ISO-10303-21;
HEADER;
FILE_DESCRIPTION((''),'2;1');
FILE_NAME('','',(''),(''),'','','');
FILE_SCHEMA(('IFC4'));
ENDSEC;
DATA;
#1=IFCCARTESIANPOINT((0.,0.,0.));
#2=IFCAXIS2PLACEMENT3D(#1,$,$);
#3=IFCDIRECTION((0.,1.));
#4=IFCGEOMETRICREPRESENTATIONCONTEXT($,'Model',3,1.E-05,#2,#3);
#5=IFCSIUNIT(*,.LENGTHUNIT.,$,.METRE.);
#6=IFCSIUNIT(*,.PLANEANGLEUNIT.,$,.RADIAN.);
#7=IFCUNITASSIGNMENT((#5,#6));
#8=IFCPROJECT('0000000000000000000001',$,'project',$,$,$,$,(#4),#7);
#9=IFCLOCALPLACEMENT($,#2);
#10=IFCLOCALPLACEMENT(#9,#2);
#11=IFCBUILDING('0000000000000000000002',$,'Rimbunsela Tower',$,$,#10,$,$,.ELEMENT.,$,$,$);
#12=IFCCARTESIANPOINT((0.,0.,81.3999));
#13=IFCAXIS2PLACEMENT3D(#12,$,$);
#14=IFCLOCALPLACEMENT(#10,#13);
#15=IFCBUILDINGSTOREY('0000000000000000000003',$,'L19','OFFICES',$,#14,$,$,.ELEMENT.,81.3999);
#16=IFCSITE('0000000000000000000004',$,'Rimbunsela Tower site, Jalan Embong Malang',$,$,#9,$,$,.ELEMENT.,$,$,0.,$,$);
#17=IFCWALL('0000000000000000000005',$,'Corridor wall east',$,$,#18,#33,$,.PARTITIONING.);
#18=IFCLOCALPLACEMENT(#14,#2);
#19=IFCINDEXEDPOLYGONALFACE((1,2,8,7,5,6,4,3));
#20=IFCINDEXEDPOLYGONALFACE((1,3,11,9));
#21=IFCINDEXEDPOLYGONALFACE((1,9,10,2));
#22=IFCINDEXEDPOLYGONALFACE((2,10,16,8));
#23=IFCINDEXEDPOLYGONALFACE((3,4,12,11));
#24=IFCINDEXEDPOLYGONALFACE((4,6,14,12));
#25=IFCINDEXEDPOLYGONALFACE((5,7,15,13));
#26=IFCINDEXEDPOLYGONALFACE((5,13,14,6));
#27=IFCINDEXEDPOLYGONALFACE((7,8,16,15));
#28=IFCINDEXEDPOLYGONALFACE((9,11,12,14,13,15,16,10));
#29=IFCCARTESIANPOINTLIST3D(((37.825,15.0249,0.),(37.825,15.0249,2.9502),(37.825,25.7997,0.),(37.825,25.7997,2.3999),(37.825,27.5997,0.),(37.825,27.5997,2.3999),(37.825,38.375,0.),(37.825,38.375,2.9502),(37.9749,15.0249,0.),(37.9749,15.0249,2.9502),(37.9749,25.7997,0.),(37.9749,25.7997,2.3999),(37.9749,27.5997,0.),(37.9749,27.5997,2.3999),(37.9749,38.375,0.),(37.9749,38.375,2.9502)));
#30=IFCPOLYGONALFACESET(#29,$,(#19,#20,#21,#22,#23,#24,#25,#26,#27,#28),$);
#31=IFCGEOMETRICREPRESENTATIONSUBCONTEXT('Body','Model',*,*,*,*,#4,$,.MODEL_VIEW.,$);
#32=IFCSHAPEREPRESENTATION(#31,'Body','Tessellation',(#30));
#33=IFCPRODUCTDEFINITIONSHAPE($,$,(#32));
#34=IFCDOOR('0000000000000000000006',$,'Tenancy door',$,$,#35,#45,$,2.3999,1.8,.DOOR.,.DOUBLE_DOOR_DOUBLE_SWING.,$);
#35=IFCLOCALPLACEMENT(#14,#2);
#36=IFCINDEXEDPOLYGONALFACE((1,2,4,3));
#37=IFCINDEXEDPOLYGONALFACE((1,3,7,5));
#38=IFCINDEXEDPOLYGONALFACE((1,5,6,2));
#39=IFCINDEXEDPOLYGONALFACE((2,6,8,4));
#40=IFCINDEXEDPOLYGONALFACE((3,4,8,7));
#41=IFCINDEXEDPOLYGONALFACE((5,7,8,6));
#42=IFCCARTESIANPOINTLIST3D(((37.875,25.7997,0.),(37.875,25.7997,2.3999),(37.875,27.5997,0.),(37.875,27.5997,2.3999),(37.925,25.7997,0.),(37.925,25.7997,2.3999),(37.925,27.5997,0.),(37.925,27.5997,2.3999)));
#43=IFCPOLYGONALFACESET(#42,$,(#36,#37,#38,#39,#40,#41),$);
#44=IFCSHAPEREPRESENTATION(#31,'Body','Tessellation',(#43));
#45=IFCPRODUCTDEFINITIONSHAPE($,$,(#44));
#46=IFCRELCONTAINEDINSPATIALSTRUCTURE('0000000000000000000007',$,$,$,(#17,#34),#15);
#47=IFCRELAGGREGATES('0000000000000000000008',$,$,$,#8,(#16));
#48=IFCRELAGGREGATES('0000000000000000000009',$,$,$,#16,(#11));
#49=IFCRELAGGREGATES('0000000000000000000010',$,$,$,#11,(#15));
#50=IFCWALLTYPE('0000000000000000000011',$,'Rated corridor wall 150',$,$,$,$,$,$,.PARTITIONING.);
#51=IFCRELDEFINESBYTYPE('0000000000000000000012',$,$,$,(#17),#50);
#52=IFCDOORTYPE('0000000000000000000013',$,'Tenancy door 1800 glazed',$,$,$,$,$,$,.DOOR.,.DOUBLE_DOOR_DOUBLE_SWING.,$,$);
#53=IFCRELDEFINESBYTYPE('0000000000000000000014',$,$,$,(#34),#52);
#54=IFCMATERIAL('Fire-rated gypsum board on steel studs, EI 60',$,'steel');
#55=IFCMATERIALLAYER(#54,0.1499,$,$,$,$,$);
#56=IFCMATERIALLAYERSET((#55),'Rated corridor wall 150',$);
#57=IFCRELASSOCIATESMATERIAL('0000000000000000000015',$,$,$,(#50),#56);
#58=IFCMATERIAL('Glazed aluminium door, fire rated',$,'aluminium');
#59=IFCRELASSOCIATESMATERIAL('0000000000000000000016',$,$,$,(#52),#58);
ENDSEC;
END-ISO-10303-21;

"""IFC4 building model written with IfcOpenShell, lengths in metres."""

from ifc_helpers import new_model, si_unit, direction, frame, frame_2d, origin, place, context, subcontext, project, spatial, rectangle, extrude, material, layer, layer_set, type_object, element, fill, save


model = new_model("IFC4")

# Units and contexts
model_context = context("Model", 3, precision=1e-05, world=origin(), true_north=direction((0.0, 1.0)))
body_context = subcontext(model_context, "Body", "Model", "MODEL_VIEW")
ifc_project = project(units=[si_unit("LENGTHUNIT", "METRE"), si_unit("PLANEANGLEUNIT", "RADIAN")], contexts=[model_context])

# Site, building, storey
site_placement = place(None, origin())
site = spatial("IfcSite", under=ifc_project, at=site_placement, Name="Rimbunsela Tower site, Jalan Embong Malang", CompositionType="ELEMENT", RefElevation=0.0)
building_placement = place(site_placement, origin())
building = spatial("IfcBuilding", under=site, at=building_placement, Name="Rimbunsela Tower", CompositionType="ELEMENT")
storey_placement = place(building_placement, frame((0.0, 0.0, 81.3999)))
storey = spatial("IfcBuildingStorey", under=building, at=storey_placement, Name="L19", Description="OFFICES", CompositionType="ELEMENT", Elevation=81.3999)

# Wall, opening, door
ifc_material_1 = material(Name="Fire-rated gypsum board on steel studs, EI 60", Category="steel")
ifc_layer_1 = layer(ifc_material_1, 0.1499)
ifc_layer_set_1 = layer_set([ifc_layer_1], Name="Rated corridor wall 150")
wall_type_1 = type_object("IfcWallType", Name="Rated corridor wall 150", PredefinedType="PARTITIONING", material=ifc_layer_set_1)
wall_1_placement = place(storey_placement, frame((37.8999, 15.0249, 0.0), z_axis=(0.0, 0.0, 1.0), x_axis=(0.0, 1.0, 0.0)))
wall_1 = element("IfcWall", 1, at=wall_1_placement, inside=storey, type_object=wall_type_1, Name="Corridor wall east", PredefinedType="PARTITIONING", context=body_context, shape_type="SweptSolid", body=[
    extrude(rectangle(XDim=23.3501, YDim=0.1499, at=frame_2d((11.675, 0.0))), origin(), (0.0, 0.0, 1.0), 2.9502),
])
opening_1_placement = place(wall_1_placement, frame((10.7749, 0.0, 0.0)))
opening_1 = element("IfcOpeningElement", 2, at=opening_1_placement, cuts=wall_1, PredefinedType="OPENING", context=body_context, shape_type="SweptSolid", body=[
    extrude(rectangle(XDim=1.8, YDim=2.3999, at=frame_2d((0.8999, 1.2))), frame((0.0, 0.085, 0.0), z_axis=(0.0, -1.0, 0.0), x_axis=(1.0, 0.0, 0.0)), (0.0, 0.0, 1.0), 0.1699),
])
ifc_material_2 = material(Name="Glazed aluminium door, fire rated", Category="aluminium")
door_type_1 = type_object("IfcDoorType", Name="Tenancy door 1800 glazed", OperationType="DOUBLE_DOOR_DOUBLE_SWING", PredefinedType="DOOR", material=ifc_material_2)
door_1_placement = place(opening_1_placement, origin())
door_1 = element("IfcDoor", 3, at=door_1_placement, inside=storey, type_object=door_type_1, Name="Tenancy door", OperationType="DOUBLE_DOOR_DOUBLE_SWING", OverallHeight=2.3999, OverallWidth=1.8, PredefinedType="DOOR", context=body_context, shape_type="SweptSolid", body=[
    extrude(rectangle(XDim=1.8, YDim=2.3999, at=frame_2d((0.8999, 1.2))), frame((0.0, 0.0249, 0.0), z_axis=(0.0, -1.0, 0.0), x_axis=(1.0, 0.0, 0.0)), (0.0, 0.0, 1.0), 0.05),
])
fill(opening_1, door_1)

save(model, "model.ifc")
